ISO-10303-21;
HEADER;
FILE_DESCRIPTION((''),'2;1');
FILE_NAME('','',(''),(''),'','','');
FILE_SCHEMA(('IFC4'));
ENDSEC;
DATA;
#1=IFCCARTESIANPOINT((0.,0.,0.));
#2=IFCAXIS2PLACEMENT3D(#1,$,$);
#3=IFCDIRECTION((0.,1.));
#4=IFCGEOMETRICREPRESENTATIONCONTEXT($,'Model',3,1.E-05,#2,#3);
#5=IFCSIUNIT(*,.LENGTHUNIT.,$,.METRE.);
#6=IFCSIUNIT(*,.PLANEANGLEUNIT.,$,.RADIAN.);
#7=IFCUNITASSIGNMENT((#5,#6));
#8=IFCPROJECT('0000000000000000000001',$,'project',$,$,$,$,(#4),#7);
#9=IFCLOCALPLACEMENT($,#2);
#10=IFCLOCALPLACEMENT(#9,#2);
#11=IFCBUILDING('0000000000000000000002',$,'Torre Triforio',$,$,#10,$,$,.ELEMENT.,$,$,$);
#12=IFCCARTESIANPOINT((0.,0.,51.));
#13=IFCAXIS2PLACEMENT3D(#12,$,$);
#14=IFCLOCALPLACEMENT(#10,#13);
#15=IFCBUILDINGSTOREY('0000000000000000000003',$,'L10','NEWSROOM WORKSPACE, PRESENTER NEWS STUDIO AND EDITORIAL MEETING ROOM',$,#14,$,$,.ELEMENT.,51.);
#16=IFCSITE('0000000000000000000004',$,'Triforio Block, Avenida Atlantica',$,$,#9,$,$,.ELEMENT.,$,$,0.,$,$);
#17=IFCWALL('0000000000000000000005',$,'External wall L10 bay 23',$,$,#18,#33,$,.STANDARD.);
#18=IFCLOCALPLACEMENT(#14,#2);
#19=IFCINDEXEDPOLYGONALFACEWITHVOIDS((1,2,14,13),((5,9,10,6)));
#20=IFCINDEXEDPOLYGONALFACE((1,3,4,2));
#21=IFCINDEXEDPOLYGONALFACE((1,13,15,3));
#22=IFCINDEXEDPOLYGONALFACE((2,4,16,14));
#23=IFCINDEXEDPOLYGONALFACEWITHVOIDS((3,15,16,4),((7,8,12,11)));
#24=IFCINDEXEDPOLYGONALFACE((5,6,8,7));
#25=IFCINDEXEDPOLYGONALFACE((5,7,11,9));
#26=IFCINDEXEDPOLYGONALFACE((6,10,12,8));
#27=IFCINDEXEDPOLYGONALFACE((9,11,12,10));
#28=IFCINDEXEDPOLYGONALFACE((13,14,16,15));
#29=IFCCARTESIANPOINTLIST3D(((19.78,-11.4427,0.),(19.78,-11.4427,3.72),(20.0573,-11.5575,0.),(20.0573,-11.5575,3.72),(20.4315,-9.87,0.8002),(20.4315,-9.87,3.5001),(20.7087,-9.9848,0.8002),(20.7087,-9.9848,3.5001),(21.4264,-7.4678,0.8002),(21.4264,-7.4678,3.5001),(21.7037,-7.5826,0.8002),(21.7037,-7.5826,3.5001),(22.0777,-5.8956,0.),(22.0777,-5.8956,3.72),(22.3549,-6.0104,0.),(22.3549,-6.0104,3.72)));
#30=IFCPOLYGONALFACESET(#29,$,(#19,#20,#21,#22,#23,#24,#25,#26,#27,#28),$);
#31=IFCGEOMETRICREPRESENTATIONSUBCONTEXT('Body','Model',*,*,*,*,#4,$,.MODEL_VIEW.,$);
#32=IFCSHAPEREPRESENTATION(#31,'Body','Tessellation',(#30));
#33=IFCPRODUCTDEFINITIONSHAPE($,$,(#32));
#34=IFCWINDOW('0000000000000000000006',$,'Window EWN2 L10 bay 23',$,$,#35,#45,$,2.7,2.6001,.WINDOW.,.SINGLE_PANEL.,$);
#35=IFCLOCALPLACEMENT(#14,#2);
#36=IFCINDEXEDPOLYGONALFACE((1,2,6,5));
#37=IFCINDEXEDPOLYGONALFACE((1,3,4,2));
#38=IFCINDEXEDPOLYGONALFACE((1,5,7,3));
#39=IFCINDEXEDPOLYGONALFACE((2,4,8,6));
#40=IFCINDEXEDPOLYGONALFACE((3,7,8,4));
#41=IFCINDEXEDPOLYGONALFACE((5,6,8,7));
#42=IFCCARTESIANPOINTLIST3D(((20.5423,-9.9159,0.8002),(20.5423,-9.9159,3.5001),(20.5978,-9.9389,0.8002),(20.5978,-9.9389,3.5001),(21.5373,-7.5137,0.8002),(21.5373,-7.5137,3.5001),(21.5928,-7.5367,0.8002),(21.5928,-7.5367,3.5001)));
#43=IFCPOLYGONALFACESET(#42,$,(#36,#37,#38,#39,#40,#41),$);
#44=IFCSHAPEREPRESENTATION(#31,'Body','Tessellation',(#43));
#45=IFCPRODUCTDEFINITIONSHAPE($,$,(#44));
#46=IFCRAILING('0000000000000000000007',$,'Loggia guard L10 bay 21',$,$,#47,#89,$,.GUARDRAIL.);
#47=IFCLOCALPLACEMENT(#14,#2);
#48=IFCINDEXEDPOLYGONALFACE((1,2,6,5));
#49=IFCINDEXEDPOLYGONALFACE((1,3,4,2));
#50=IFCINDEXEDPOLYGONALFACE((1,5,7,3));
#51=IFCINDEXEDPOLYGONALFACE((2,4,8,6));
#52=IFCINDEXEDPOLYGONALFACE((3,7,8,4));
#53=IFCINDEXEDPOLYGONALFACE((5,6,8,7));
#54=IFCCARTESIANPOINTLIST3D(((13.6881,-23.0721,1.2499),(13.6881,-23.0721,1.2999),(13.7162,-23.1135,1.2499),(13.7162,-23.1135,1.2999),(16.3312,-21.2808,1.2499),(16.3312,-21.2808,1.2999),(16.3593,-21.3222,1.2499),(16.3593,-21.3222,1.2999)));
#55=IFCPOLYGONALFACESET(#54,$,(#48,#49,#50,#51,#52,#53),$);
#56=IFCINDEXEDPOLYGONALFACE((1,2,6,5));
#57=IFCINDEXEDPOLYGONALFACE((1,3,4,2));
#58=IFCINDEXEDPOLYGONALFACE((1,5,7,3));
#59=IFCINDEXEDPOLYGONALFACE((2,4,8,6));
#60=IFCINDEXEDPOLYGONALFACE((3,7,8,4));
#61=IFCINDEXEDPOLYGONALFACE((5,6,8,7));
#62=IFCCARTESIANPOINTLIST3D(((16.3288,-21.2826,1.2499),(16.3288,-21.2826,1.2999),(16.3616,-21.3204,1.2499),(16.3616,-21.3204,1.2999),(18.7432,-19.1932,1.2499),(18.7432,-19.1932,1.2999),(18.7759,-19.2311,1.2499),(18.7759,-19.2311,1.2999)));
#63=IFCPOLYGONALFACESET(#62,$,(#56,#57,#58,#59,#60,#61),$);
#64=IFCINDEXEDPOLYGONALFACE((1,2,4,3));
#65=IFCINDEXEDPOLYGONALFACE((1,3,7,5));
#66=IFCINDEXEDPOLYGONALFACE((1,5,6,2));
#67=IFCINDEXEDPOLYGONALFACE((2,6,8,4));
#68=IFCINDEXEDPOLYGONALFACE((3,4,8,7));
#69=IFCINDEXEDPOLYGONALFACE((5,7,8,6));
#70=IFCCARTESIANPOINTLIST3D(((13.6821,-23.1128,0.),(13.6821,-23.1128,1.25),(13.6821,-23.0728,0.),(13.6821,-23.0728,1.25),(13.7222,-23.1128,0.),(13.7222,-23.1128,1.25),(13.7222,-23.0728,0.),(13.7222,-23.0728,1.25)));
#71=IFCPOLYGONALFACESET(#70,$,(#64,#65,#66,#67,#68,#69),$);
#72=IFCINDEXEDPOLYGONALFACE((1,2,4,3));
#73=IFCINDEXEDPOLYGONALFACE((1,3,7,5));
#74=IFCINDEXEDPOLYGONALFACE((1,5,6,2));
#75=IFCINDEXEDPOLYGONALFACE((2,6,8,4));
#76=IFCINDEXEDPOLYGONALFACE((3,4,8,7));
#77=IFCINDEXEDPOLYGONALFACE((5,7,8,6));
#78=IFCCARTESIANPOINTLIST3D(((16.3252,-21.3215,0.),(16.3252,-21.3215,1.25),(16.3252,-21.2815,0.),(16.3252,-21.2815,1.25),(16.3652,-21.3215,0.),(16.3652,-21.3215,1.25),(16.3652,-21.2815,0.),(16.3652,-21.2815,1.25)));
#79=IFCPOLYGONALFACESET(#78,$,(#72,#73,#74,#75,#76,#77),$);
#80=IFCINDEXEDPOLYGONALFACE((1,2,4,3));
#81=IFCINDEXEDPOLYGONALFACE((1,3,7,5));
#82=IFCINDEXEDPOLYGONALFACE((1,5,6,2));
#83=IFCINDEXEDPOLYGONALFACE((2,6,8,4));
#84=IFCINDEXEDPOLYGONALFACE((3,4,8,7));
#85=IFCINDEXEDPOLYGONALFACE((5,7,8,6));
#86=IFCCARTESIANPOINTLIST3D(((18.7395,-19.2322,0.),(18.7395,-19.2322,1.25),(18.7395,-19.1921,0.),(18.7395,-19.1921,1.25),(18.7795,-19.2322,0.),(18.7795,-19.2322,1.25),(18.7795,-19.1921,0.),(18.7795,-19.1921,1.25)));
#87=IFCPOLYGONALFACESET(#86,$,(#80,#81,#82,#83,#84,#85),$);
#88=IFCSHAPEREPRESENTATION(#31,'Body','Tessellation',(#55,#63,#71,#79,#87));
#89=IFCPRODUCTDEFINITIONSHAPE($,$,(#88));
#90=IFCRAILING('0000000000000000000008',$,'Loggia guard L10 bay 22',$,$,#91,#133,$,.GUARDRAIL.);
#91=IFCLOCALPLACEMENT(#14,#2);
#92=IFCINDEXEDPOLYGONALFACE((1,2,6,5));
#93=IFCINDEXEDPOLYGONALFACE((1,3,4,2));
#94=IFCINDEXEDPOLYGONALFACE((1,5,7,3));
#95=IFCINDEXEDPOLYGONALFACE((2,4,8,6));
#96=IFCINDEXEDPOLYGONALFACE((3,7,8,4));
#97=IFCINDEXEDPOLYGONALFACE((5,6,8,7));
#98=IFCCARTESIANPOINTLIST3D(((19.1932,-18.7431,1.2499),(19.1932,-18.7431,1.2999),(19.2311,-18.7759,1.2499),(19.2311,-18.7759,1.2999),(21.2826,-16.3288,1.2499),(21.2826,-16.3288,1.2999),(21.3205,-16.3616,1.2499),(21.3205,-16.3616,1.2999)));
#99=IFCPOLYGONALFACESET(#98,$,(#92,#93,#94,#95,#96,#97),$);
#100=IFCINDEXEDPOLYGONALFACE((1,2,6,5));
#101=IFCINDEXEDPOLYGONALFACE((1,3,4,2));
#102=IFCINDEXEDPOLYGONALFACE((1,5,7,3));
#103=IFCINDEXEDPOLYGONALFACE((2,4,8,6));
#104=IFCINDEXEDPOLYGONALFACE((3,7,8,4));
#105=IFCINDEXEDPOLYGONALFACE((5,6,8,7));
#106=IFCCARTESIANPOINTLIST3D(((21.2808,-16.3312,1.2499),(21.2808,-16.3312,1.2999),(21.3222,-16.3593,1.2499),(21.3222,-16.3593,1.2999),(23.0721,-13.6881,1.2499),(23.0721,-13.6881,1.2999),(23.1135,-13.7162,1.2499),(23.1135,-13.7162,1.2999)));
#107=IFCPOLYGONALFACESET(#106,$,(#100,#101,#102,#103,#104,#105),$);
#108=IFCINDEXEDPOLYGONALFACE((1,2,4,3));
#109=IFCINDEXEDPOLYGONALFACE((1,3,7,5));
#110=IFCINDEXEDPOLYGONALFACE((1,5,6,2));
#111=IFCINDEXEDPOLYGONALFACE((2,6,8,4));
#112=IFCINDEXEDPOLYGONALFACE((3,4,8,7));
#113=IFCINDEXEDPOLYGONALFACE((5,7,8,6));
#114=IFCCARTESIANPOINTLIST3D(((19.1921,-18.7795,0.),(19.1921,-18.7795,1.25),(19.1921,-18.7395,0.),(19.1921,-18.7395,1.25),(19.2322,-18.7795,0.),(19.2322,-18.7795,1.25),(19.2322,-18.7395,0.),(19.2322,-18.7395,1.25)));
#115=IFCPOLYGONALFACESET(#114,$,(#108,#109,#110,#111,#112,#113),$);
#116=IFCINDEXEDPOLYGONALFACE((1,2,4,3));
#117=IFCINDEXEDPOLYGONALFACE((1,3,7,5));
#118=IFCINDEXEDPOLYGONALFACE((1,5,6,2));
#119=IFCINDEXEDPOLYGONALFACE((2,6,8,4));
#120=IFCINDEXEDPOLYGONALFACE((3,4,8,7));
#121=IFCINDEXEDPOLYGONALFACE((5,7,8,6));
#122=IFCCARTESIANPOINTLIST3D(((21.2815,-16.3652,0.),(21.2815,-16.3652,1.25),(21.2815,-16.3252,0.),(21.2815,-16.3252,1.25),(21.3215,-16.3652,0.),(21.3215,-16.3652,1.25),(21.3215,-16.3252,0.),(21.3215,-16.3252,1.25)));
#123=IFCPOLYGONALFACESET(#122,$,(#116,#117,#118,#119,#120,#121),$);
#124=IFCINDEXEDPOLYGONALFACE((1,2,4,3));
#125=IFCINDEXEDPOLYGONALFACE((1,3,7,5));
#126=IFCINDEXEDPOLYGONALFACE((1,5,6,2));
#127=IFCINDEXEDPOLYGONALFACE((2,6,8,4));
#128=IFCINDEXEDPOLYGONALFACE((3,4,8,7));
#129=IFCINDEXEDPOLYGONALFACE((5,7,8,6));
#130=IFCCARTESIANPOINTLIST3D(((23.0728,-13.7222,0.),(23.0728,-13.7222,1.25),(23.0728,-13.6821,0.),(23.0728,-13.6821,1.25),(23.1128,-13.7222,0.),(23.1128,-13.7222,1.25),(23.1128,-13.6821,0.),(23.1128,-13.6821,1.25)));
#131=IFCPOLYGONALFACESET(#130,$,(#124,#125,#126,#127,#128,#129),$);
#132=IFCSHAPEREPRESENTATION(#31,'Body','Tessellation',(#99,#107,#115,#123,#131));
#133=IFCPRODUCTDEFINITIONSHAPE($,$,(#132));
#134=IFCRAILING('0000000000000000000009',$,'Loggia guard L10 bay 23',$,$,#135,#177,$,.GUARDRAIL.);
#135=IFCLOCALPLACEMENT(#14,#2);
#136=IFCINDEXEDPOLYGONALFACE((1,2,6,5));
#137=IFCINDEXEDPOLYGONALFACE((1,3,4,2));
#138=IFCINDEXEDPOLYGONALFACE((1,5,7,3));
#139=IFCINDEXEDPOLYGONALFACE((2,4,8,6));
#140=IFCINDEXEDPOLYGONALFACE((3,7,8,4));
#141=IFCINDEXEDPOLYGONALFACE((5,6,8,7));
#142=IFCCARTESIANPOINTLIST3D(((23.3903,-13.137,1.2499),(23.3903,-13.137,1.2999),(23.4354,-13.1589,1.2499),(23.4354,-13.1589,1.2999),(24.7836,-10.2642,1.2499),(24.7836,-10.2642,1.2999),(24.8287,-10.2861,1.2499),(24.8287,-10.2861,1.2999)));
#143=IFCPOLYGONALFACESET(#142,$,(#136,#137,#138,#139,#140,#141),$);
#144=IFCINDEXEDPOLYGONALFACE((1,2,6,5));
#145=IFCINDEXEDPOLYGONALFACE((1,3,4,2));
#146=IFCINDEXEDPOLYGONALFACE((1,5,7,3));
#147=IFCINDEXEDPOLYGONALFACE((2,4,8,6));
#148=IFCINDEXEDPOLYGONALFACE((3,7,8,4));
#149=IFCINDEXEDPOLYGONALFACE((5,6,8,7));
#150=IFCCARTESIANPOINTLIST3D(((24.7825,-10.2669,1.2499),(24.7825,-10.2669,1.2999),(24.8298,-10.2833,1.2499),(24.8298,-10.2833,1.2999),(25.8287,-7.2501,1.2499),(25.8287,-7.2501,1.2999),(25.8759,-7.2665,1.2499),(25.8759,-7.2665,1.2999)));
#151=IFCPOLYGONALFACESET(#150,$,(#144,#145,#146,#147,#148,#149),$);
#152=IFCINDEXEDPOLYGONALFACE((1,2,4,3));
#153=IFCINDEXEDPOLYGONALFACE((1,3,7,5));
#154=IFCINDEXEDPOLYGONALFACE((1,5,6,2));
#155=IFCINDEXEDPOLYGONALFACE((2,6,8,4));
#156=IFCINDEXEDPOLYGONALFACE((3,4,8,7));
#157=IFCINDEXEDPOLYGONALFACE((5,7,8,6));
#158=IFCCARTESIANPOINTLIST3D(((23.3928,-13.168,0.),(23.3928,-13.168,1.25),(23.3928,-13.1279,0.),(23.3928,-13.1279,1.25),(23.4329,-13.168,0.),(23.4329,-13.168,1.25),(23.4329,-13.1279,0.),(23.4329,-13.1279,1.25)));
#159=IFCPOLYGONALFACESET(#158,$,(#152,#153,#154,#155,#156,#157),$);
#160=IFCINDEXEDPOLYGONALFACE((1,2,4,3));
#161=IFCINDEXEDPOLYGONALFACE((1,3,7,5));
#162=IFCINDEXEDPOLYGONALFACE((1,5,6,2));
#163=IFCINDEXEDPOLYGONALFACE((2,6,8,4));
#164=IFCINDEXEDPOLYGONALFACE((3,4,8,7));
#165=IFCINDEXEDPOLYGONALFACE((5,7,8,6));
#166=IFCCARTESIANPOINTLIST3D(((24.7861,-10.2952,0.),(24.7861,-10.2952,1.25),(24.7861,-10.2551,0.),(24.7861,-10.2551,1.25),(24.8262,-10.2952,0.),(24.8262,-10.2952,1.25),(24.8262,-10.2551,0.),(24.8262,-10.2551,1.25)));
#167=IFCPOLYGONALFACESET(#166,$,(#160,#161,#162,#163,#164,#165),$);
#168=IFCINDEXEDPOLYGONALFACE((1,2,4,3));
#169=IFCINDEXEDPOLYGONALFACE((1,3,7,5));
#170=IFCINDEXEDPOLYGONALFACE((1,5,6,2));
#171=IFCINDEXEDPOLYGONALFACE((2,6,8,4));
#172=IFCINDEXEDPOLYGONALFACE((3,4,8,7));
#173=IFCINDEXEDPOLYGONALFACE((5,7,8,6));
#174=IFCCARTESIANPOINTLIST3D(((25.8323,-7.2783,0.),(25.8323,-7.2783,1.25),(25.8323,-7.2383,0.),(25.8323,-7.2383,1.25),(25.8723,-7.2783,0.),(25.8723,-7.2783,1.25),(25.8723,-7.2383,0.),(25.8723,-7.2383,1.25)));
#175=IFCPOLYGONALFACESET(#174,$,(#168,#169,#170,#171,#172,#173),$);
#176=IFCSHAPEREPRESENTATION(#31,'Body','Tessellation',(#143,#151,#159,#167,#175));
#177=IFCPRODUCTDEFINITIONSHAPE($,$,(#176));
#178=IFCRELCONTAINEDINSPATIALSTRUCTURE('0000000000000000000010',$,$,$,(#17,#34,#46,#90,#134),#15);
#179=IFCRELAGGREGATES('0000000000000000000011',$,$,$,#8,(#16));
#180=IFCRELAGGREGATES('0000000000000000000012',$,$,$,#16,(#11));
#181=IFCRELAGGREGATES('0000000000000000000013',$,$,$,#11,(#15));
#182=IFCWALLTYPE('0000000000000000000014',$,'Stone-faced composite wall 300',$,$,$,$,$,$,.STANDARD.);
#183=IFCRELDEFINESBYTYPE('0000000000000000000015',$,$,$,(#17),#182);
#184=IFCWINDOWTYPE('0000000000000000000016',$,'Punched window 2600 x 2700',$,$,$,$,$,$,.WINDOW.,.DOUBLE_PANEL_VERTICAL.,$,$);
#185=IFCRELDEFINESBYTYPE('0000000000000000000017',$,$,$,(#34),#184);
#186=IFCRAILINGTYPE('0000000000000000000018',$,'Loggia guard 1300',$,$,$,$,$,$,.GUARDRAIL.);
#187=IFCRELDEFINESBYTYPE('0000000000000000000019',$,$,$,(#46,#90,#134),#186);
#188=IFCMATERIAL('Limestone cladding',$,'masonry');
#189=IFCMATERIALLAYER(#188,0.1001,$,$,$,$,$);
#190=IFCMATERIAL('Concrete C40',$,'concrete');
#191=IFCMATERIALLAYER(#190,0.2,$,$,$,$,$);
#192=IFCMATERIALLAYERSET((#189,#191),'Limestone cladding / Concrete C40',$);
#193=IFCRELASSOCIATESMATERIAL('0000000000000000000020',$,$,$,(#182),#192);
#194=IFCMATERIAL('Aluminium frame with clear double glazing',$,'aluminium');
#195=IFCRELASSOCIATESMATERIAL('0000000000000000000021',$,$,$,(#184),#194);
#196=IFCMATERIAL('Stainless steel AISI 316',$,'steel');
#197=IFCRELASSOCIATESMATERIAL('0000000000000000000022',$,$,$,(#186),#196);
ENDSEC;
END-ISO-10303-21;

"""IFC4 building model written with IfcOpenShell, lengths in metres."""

from ifc_helpers import new_model, si_unit, direction, frame, frame_2d, origin, origin_2d, place, context, subcontext, project, spatial, rectangle, extrude, material, layer, layer_set, type_object, element, fill, save


model = new_model("IFC4")

# Units and contexts
model_context = context("Model", 3, precision=1e-05, world=origin(), true_north=direction((0.0, 1.0)))
body_context = subcontext(model_context, "Body", "Model", "MODEL_VIEW")
ifc_project = project(units=[si_unit("LENGTHUNIT", "METRE"), si_unit("PLANEANGLEUNIT", "RADIAN")], contexts=[model_context])

# Site, building, storey
site_placement = place(None, origin())
site = spatial("IfcSite", under=ifc_project, at=site_placement, Name="Triforio Block, Avenida Atlantica", CompositionType="ELEMENT", RefElevation=0.0)
building_placement = place(site_placement, origin())
building = spatial("IfcBuilding", under=site, at=building_placement, Name="Torre Triforio", CompositionType="ELEMENT")
storey_placement = place(building_placement, frame((0.0, 0.0, 51.0)))
storey = spatial("IfcBuildingStorey", under=building, at=storey_placement, Name="L10", Description="NEWSROOM WORKSPACE, PRESENTER NEWS STUDIO AND EDITORIAL MEETING ROOM", CompositionType="ELEMENT", Elevation=51.0)

# Shared definitions
ifc_material_1 = material(Name="Limestone cladding", Category="masonry")
ifc_material_2 = material(Name="Concrete C40", Category="concrete")

# Shared definitions
ifc_layer_1 = layer(ifc_material_1, 0.1001)
ifc_layer_2 = layer(ifc_material_2, 0.2)
ifc_layer_set_1 = layer_set([ifc_layer_1, ifc_layer_2], Name="Limestone cladding / Concrete C40")
wall_type_1 = type_object("IfcWallType", Name="Stone-faced composite wall 300", PredefinedType="STANDARD", material=ifc_layer_set_1)
ifc_material_3 = material(Name="Aluminium frame with clear double glazing", Category="aluminium")
window_type_1 = type_object("IfcWindowType", Name="Punched window 2600 x 2700", PartitioningType="DOUBLE_PANEL_VERTICAL", PredefinedType="WINDOW", material=ifc_material_3)

# Wall, opening, window
wall_1_placement = place(storey_placement, frame((19.9187, -11.5, 0.0), z_axis=(0.0, 0.0, 1.0), x_axis=(0.382671, 0.923885, 0.0)))
wall_1 = element("IfcWall", 1, at=wall_1_placement, inside=storey, type_object=wall_type_1, Name="External wall L10 bay 23", PredefinedType="STANDARD", context=body_context, shape_type="SweptSolid", body=[
    extrude(rectangle(XDim=6.0042, YDim=0.3, at=frame_2d((3.002, 0.0))), origin(), (0.0, 0.0, 1.0), 3.72),
])
opening_1_placement = place(wall_1_placement, frame((1.7021, 0.0, 0.8)))
opening_1 = element("IfcOpeningElement", 2, at=opening_1_placement, cuts=wall_1, PredefinedType="OPENING", context=body_context, shape_type="SweptSolid", body=[
    extrude(rectangle(XDim=2.6001, YDim=2.7, at=frame_2d((1.3, 1.3501))), frame((0.0, 0.1599, 0.0), z_axis=(0.0, -1.0, 0.0), x_axis=(1.0, 0.0, 0.0)), (0.0, 0.0, 1.0), 0.3201),
])
window_1_placement = place(opening_1_placement, origin())
window_1 = element("IfcWindow", 3, at=window_1_placement, inside=storey, type_object=window_type_1, Name="Window EWN2 L10 bay 23", OverallHeight=2.7, OverallWidth=2.6001, PartitioningType="SINGLE_PANEL", PredefinedType="WINDOW", context=body_context, shape_type="SweptSolid", body=[
    extrude(rectangle(XDim=2.6001, YDim=2.7, at=frame_2d((1.3, 1.3501))), frame((0.0, 0.03, 0.0), z_axis=(0.0, -1.0, 0.0), x_axis=(1.0, 0.0, 0.0)), (0.0, 0.0, 1.0), 0.0601),
])
fill(opening_1, window_1)

# Railings
ifc_material_4 = material(Name="Stainless steel AISI 316", Category="steel")
railing_type = type_object("IfcRailingType", Name="Loggia guard 1300", PredefinedType="GUARDRAIL", material=ifc_material_4)
railing_1_placement = place(storey_placement, frame((13.7021, -23.0928, 0.0)))
element("IfcRailing", 4, at=railing_1_placement, inside=storey, type_object=railing_type, Name="Loggia guard L10 bay 21", PredefinedType="GUARDRAIL", context=body_context, shape_type="SweptSolid", body=[
    extrude(rectangle(XDim=0.05, YDim=0.05, at=origin_2d()), frame((0.0, 0.0, 1.2749), z_axis=(0.827803, 0.561019, 0.0), x_axis=(-0.561019, 0.827803, 0.0)), (0.0, 0.0, 1.0), 3.1929),
    extrude(rectangle(XDim=0.05, YDim=0.05, at=origin_2d()), frame((2.6431, 1.7913, 1.2749), z_axis=(0.756161, 0.654386, 0.0), x_axis=(-0.654386, 0.756161, 0.0)), (0.0, 0.0, 1.0), 3.1929),
    extrude(rectangle(XDim=0.04, YDim=0.04, at=origin_2d()), origin(), (0.0, 0.0, 1.0), 1.25),
    extrude(rectangle(XDim=0.04, YDim=0.04, at=origin_2d()), frame((2.6431, 1.7913, 0.0)), (0.0, 0.0, 1.0), 1.25),
    extrude(rectangle(XDim=0.04, YDim=0.04, at=origin_2d()), frame((5.0574, 3.8806, 0.0)), (0.0, 0.0, 1.0), 1.25),
])
railing_2_placement = place(storey_placement, frame((19.2122, -18.7595, 0.0)))
element("IfcRailing", 5, at=railing_2_placement, inside=storey, type_object=railing_type, Name="Loggia guard L10 bay 22", PredefinedType="GUARDRAIL", context=body_context, shape_type="SweptSolid", body=[
    extrude(rectangle(XDim=0.05, YDim=0.05, at=origin_2d()), frame((0.0, 0.0, 1.2749), z_axis=(0.654386, 0.756161, 0.0), x_axis=(-0.756161, 0.654386, 0.0)), (0.0, 0.0, 1.0), 3.1929),
    extrude(rectangle(XDim=0.05, YDim=0.05, at=origin_2d()), frame((2.0894, 2.4143, 1.2749), z_axis=(0.561019, 0.827803, 0.0), x_axis=(-0.827803, 0.561019, 0.0)), (0.0, 0.0, 1.0), 3.1929),
    extrude(rectangle(XDim=0.04, YDim=0.04, at=origin_2d()), origin(), (0.0, 0.0, 1.0), 1.25),
    extrude(rectangle(XDim=0.04, YDim=0.04, at=origin_2d()), frame((2.0894, 2.4143, 0.0)), (0.0, 0.0, 1.0), 1.25),
    extrude(rectangle(XDim=0.04, YDim=0.04, at=origin_2d()), frame((3.8806, 5.0574, 0.0)), (0.0, 0.0, 1.0), 1.25),
])
railing_3_placement = place(storey_placement, frame((23.4128, -13.1479, 0.0)))
element("IfcRailing", 6, at=railing_3_placement, inside=storey, type_object=railing_type, Name="Loggia guard L10 bay 23", PredefinedType="GUARDRAIL", context=body_context, shape_type="SweptSolid", body=[
    extrude(rectangle(XDim=0.05, YDim=0.05, at=origin_2d()), frame((0.0, 0.0, 1.2749), z_axis=(0.436384, 0.89976, 0.0), x_axis=(-0.89976, 0.436384, 0.0)), (0.0, 0.0, 1.0), 3.1929),
    extrude(rectangle(XDim=0.05, YDim=0.05, at=origin_2d()), frame((1.3933, 2.8728, 1.2749), z_axis=(0.327628, 0.944807, 0.0), x_axis=(-0.944807, 0.327628, 0.0)), (0.0, 0.0, 1.0), 3.1931),
    extrude(rectangle(XDim=0.04, YDim=0.04, at=origin_2d()), origin(), (0.0, 0.0, 1.0), 1.25),
    extrude(rectangle(XDim=0.04, YDim=0.04, at=origin_2d()), frame((1.3933, 2.8728, 0.0)), (0.0, 0.0, 1.0), 1.25),
    extrude(rectangle(XDim=0.04, YDim=0.04, at=origin_2d()), frame((2.4395, 5.8896, 0.0)), (0.0, 0.0, 1.0), 1.25),
])

save(model, "model.ifc")
